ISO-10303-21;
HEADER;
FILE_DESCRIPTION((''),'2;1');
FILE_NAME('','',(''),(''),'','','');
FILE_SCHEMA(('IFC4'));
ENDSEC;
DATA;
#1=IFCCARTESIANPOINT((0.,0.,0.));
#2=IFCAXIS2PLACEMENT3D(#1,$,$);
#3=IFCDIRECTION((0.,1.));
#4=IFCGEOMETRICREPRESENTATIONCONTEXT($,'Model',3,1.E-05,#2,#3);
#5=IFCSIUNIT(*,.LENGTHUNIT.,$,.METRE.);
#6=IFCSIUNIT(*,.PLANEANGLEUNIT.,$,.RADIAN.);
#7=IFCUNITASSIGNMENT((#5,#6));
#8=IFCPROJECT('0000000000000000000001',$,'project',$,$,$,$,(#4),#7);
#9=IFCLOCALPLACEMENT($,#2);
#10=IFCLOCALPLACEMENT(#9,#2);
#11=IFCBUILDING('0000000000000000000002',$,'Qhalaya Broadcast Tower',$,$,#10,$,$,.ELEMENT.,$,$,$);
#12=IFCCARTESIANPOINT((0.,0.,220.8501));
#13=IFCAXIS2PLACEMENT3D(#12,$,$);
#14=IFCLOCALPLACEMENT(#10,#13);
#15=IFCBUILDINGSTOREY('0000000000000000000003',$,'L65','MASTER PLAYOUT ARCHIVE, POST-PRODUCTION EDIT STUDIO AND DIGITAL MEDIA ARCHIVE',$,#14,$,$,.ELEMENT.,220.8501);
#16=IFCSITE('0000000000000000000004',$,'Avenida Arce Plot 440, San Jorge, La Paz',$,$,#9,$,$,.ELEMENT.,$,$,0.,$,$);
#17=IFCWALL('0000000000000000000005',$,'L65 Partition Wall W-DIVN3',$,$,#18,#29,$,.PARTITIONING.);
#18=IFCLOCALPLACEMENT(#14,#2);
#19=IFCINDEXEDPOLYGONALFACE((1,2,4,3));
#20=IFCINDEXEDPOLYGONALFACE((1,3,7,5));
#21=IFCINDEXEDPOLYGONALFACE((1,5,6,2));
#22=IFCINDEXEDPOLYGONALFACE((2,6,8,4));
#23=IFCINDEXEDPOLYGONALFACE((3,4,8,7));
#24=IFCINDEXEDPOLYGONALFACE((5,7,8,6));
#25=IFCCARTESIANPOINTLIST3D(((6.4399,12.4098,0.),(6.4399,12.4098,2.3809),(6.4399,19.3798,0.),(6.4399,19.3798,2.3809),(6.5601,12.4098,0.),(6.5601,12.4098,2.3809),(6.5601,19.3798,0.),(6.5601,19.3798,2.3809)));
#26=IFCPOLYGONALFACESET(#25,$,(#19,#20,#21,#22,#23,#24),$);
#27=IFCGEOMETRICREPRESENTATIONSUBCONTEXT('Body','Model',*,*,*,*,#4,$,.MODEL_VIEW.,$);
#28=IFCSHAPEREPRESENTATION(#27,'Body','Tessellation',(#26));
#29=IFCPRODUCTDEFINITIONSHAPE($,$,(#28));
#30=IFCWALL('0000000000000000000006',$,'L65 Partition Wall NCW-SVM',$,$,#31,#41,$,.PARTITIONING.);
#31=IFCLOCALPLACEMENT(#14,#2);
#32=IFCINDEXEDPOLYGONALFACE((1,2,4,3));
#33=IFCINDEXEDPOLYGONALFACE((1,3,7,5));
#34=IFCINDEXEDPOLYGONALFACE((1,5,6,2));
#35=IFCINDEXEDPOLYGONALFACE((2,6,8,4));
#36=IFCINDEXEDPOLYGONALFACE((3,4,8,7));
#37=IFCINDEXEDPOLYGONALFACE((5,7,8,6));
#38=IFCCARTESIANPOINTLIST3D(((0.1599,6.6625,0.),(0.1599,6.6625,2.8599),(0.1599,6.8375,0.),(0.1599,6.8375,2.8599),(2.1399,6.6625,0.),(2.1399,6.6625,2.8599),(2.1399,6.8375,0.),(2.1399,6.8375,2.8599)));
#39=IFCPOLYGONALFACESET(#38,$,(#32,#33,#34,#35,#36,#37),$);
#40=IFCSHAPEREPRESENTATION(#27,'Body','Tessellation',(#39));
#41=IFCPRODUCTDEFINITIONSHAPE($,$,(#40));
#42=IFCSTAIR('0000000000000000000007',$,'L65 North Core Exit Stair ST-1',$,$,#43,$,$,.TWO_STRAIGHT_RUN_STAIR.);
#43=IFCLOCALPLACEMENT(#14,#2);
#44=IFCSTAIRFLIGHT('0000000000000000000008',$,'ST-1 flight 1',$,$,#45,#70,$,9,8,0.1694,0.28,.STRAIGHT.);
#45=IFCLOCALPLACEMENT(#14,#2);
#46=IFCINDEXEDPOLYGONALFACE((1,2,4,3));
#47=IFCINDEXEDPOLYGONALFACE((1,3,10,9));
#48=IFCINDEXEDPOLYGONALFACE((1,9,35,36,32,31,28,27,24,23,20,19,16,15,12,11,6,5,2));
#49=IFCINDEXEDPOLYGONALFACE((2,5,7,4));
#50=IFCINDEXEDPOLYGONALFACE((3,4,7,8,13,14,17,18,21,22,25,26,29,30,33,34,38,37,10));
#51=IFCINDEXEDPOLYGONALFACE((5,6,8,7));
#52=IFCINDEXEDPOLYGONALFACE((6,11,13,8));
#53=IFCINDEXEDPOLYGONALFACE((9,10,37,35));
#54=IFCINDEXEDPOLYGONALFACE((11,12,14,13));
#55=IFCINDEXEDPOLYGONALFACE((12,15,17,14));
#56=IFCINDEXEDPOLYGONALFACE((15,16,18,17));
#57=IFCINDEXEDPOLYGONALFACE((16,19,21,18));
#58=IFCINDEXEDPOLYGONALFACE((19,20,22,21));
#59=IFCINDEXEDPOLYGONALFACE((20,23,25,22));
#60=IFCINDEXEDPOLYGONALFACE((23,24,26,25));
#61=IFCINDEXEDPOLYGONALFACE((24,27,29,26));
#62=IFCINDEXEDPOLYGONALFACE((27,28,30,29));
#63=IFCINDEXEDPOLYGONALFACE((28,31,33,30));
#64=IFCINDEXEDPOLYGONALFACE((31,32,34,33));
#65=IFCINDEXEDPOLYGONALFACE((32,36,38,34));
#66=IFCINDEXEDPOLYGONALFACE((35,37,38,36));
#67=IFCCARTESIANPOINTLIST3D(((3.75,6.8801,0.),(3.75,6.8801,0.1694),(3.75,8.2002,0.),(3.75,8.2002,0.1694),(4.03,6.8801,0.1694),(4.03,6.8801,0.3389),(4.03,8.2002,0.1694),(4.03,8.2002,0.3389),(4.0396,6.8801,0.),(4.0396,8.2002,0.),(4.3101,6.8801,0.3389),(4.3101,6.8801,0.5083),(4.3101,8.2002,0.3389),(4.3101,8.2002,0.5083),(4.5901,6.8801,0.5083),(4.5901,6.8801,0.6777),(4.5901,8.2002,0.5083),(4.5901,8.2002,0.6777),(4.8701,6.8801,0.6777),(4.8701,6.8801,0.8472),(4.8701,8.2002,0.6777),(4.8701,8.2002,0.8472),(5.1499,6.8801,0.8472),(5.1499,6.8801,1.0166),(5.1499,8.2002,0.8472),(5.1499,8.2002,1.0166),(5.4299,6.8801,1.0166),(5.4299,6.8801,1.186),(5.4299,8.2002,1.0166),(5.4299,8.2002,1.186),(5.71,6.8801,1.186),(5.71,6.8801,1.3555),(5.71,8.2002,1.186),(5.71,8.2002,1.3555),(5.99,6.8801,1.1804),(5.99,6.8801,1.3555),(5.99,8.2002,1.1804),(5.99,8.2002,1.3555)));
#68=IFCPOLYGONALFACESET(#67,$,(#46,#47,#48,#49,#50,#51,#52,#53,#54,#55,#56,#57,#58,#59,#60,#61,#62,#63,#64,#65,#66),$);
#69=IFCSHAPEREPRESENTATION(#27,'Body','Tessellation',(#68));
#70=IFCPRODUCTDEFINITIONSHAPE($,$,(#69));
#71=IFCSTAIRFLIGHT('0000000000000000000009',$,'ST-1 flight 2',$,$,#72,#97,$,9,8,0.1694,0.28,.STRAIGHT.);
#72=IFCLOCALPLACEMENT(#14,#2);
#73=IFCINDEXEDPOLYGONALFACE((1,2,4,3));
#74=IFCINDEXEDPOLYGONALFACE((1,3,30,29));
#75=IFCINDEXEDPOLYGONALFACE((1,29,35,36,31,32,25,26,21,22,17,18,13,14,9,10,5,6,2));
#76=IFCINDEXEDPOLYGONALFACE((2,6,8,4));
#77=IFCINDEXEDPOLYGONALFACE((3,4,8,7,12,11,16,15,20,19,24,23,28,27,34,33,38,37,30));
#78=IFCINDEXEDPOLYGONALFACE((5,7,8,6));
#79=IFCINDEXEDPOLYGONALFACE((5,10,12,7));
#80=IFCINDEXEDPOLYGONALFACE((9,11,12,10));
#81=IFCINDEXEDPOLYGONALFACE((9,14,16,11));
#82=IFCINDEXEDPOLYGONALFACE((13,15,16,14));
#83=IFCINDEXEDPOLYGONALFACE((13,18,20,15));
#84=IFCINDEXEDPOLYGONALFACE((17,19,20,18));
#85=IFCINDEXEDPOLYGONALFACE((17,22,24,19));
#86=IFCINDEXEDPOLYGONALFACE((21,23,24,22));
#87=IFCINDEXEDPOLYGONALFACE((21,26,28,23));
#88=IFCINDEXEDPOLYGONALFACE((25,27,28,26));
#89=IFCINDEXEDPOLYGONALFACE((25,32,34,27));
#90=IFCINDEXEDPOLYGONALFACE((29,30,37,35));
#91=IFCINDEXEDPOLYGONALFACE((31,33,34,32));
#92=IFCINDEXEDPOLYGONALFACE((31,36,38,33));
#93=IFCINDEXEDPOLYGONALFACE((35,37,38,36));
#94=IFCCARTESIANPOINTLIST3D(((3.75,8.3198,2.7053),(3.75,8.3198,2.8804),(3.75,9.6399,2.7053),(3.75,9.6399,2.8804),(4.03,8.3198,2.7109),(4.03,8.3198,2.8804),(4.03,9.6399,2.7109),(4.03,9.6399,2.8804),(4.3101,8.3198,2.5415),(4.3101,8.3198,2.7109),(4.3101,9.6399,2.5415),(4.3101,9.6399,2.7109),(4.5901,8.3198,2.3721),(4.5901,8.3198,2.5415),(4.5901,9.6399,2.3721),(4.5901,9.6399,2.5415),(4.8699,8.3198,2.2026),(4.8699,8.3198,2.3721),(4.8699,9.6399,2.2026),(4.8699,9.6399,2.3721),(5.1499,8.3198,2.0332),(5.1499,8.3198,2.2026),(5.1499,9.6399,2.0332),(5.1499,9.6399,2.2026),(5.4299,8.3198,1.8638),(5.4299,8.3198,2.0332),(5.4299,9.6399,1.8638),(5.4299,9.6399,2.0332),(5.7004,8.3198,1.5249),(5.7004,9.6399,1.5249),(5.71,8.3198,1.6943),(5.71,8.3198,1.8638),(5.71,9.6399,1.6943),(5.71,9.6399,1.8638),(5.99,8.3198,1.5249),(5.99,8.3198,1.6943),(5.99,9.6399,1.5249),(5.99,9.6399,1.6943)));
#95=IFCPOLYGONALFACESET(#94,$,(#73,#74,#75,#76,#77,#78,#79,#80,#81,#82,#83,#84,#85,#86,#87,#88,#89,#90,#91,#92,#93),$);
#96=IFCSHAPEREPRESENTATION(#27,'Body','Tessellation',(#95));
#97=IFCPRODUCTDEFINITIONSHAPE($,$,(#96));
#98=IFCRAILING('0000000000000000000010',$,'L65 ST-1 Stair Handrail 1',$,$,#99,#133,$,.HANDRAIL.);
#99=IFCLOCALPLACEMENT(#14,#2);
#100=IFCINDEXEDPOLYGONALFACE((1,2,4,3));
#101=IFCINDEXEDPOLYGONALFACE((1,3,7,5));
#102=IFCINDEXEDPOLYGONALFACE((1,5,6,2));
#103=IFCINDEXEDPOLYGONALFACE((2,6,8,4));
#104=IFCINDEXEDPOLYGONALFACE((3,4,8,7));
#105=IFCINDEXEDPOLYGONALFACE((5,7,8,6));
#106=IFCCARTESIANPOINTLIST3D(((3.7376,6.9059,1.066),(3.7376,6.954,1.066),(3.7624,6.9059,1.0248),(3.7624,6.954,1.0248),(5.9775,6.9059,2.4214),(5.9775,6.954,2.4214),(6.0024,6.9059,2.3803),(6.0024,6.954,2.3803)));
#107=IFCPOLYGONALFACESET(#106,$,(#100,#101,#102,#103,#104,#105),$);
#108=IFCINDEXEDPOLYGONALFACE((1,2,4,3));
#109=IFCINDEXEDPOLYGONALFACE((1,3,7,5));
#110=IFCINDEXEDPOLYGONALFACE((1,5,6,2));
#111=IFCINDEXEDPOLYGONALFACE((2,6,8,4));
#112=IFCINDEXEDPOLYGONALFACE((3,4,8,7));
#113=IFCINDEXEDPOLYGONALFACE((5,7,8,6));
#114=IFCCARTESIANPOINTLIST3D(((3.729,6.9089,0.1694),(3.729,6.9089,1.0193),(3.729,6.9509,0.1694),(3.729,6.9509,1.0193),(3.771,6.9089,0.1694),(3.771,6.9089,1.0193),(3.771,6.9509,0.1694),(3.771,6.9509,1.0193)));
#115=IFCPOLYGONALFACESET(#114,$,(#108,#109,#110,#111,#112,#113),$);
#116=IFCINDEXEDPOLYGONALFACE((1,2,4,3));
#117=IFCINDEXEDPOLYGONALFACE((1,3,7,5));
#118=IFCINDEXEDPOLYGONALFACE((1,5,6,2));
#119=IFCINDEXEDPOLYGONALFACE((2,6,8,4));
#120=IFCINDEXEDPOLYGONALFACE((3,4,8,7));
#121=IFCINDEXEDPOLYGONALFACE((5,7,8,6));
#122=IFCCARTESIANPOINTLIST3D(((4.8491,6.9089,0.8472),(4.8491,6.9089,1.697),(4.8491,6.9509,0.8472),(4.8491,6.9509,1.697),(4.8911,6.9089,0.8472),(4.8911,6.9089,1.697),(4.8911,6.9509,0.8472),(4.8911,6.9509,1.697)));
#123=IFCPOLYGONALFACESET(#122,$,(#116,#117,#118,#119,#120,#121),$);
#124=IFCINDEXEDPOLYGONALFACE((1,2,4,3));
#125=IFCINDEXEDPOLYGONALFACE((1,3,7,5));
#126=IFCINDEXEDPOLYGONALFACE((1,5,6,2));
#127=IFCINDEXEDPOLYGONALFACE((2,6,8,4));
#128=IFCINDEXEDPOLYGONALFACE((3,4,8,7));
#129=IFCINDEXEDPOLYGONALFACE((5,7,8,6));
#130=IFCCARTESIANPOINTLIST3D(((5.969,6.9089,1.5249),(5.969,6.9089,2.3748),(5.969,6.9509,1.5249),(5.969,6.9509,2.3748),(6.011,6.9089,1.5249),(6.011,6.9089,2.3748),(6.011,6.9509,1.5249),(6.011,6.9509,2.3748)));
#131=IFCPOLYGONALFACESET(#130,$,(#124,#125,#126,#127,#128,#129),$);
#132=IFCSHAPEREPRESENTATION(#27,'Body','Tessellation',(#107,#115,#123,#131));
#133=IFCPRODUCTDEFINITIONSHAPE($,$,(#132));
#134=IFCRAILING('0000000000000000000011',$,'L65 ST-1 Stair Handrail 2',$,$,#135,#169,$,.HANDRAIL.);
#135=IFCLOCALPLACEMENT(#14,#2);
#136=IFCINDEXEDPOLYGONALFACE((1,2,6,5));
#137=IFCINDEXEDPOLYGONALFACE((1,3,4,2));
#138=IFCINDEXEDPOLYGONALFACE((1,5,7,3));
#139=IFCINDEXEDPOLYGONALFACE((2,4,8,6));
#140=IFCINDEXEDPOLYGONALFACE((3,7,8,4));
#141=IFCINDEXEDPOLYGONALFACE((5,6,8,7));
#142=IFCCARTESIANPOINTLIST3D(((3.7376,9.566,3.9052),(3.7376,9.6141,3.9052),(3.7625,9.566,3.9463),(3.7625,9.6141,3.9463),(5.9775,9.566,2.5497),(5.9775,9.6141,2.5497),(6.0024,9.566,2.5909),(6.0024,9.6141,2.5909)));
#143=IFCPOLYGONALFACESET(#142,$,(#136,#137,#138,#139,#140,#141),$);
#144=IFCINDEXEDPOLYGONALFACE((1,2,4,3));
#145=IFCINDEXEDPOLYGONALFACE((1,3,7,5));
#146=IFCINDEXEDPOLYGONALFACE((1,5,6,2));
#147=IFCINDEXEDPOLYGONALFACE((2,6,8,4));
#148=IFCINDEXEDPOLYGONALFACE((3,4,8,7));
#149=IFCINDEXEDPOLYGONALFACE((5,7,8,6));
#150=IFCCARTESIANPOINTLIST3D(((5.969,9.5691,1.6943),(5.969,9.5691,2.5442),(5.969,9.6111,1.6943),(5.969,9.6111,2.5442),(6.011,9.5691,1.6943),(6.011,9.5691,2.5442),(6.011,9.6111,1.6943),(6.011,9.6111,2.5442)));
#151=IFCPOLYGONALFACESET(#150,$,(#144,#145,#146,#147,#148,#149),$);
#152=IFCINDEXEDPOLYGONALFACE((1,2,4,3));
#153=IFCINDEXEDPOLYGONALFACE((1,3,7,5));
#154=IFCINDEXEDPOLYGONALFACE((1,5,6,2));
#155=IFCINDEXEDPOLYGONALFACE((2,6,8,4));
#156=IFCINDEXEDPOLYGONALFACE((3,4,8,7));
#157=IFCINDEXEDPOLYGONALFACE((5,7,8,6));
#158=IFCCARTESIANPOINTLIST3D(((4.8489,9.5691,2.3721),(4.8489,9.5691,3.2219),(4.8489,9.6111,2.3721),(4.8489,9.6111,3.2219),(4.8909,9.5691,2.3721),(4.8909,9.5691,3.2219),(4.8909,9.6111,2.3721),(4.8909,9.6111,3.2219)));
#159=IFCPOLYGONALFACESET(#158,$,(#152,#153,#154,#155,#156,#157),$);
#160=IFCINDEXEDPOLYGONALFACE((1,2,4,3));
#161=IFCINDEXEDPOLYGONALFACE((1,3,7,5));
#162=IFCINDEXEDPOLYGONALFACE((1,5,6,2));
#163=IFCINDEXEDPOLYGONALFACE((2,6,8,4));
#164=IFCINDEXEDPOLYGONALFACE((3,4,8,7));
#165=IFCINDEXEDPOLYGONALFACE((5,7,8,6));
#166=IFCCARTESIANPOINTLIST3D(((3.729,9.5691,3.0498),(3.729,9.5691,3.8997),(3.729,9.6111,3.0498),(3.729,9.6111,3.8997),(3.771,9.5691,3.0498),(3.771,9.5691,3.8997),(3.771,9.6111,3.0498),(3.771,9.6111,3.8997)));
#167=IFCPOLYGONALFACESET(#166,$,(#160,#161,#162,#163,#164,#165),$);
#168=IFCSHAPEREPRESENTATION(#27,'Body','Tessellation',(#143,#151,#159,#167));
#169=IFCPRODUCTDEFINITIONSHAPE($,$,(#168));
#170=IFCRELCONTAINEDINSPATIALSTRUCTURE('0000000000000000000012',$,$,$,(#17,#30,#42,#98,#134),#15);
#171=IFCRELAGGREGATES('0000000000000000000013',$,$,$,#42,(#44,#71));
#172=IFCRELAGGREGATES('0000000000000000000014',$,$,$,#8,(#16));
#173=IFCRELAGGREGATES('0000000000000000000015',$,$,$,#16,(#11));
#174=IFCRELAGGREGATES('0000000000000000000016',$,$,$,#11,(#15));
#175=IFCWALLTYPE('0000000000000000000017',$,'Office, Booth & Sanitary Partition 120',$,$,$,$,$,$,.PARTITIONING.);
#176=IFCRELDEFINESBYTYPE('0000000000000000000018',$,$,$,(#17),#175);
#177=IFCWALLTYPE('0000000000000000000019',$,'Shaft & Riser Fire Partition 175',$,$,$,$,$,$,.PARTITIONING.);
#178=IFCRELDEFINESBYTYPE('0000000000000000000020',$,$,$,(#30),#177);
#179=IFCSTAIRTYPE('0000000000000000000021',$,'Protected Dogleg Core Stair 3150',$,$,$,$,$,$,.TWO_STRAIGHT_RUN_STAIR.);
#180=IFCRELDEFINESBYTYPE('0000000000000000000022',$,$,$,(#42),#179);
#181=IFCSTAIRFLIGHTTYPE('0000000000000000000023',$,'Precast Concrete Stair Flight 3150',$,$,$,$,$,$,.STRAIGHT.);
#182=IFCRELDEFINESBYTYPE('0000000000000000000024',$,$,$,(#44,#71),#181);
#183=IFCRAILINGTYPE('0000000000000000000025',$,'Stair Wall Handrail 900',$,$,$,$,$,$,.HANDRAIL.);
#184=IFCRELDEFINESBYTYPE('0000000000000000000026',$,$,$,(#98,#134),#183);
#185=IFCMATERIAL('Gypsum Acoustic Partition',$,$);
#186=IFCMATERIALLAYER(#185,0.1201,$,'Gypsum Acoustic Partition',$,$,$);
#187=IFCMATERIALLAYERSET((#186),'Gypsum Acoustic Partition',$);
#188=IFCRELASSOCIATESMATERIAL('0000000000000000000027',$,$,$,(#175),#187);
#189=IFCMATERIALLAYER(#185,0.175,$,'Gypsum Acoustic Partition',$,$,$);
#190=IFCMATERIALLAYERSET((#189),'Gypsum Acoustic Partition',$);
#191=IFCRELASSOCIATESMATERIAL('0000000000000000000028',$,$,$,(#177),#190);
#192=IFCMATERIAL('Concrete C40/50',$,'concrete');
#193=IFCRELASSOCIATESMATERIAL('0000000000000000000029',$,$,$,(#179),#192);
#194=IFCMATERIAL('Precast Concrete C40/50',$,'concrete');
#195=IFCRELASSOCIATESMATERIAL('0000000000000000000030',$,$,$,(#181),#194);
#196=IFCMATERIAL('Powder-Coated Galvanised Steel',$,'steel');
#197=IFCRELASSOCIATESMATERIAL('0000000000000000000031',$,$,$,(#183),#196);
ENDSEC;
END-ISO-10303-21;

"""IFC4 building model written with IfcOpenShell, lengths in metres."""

from ifc_helpers import new_model, si_unit, direction, frame, frame_2d, origin, origin_2d, place, context, subcontext, project, spatial, polyline, rectangle, outline, extrude, material, layer, layer_set, type_object, element, aggregate, save


model = new_model("IFC4")

# Units and contexts
model_context = context("Model", 3, precision=1e-05, world=origin(), true_north=direction((0.0, 1.0)))
body_context = subcontext(model_context, "Body", "Model", "MODEL_VIEW")
ifc_project = project(units=[si_unit("LENGTHUNIT", "METRE"), si_unit("PLANEANGLEUNIT", "RADIAN")], contexts=[model_context])

# Site, building, storey
site_placement = place(None, origin())
site = spatial("IfcSite", under=ifc_project, at=site_placement, Name="Avenida Arce Plot 440, San Jorge, La Paz", CompositionType="ELEMENT", RefElevation=0.0)
building_placement = place(site_placement, origin())
building = spatial("IfcBuilding", under=site, at=building_placement, Name="Qhalaya Broadcast Tower", CompositionType="ELEMENT")
storey_placement = place(building_placement, frame((0.0, 0.0, 220.8501)))
storey = spatial("IfcBuildingStorey", under=building, at=storey_placement, Name="L65", Description="MASTER PLAYOUT ARCHIVE, POST-PRODUCTION EDIT STUDIO AND DIGITAL MEDIA ARCHIVE", CompositionType="ELEMENT", Elevation=220.8501)

# Shared definitions
ifc_material_1 = material(Name="Gypsum Acoustic Partition")

# Shared definitions
ifc_material_2 = material(Name="Precast Concrete C40/50", Category="concrete")

# Wall
ifc_layer_1 = layer(ifc_material_1, 0.1201, Name="Gypsum Acoustic Partition")
ifc_layer_set_1 = layer_set([ifc_layer_1], Name="Gypsum Acoustic Partition")
wall_type_1 = type_object("IfcWallType", Name="Office, Booth & Sanitary Partition 120", PredefinedType="PARTITIONING", material=ifc_layer_set_1)
for number, where, z_axis, x_axis, name in (
    (1, (6.5, 12.4099, 0.0), (0.0, 0.0, 1.0), (0.0, 1.0, 0.0), "L65 Partition Wall W-DIVN3"),
):
    element("IfcWall", number, at=place(storey_placement, frame(where, z_axis=z_axis, x_axis=x_axis)), inside=storey, type_object=wall_type_1, Name=name, PredefinedType="PARTITIONING", context=body_context, shape_type="SweptSolid", body=[
        extrude(rectangle(XDim=6.97, YDim=0.1201, at=frame_2d((3.4849, 0.0))), origin(), (0.0, 0.0, 1.0), 2.3809),
    ])

# Shared definitions
ifc_layer_2 = layer(ifc_material_1, 0.175, Name="Gypsum Acoustic Partition")
ifc_layer_set_2 = layer_set([ifc_layer_2], Name="Gypsum Acoustic Partition")
wall_type_2 = type_object("IfcWallType", Name="Shaft & Riser Fire Partition 175", PredefinedType="PARTITIONING", material=ifc_layer_set_2)

# Wall
wall_1_placement = place(storey_placement, frame((0.1599, 6.75, 0.0), z_axis=(0.0, 0.0, 1.0), x_axis=(1.0, 0.0, 0.0)))
element("IfcWall", 2, at=wall_1_placement, inside=storey, type_object=wall_type_2, Name="L65 Partition Wall NCW-SVM", PredefinedType="PARTITIONING", context=body_context, shape_type="SweptSolid", body=[
    extrude(rectangle(XDim=1.98, YDim=0.175, at=frame_2d((0.99, 0.0))), origin(), (0.0, 0.0, 1.0), 2.8599),
])

# Stair, stair flights
ifc_material_3 = material(Name="Concrete C40/50", Category="concrete")
stair_type = type_object("IfcStairType", Name="Protected Dogleg Core Stair 3150", PredefinedType="TWO_STRAIGHT_RUN_STAIR", material=ifc_material_3)
stair_placement = place(storey_placement, origin())
stair = element("IfcStair", 3, at=stair_placement, inside=storey, type_object=stair_type, Name="L65 North Core Exit Stair ST-1", PredefinedType="TWO_STRAIGHT_RUN_STAIR")
stair_flight_type = type_object("IfcStairFlightType", Name="Precast Concrete Stair Flight 3150", PredefinedType="STRAIGHT", material=ifc_material_2)
stair_flight_1_placement = place(storey_placement, frame((3.75, 7.54, 0.0), z_axis=(0.0, 0.0, 1.0), x_axis=(1.0, 0.0, 0.0)))
stair_flight_1 = element("IfcStairFlight", 4, at=stair_flight_1_placement, type_object=stair_flight_type, Name="ST-1 flight 1", NumberOfRisers=9, NumberOfTreads=8, PredefinedType="STRAIGHT", RiserHeight=0.1694, TreadLength=0.28, context=body_context, shape_type="SweptSolid", body=[
    extrude(outline(polyline([(0.0, 0.0), (0.0, 0.1694), (0.28, 0.1694), (0.28, 0.3389), (0.5601, 0.3389), (0.5601, 0.5083), (0.8401, 0.5083), (0.8401, 0.6777), (1.1201, 0.6777), (1.1201, 0.8472), (1.3999, 0.8472), (1.3999, 1.0166), (1.6799, 1.0166), (1.6799, 1.186), (1.96, 1.186), (1.96, 1.3555), (2.24, 1.3555), (2.24, 1.5249), (2.24, 1.1804), (0.2896, 0.0), (0.0, 0.0)])), frame((0.0, 0.6602, 0.0), z_axis=(0.0, -1.0, 0.0), x_axis=(1.0, 0.0, 0.0)), (0.0, 0.0, 1.0), 1.3201),
])
stair_flight_2_placement = place(storey_placement, frame((5.99, 8.98, 1.5249), z_axis=(0.0, 0.0, 1.0), x_axis=(-1.0, 0.0, 0.0)))
stair_flight_2 = element("IfcStairFlight", 5, at=stair_flight_2_placement, type_object=stair_flight_type, Name="ST-1 flight 2", NumberOfRisers=9, NumberOfTreads=8, PredefinedType="STRAIGHT", RiserHeight=0.1694, TreadLength=0.28, context=body_context, shape_type="SweptSolid", body=[
    extrude(outline(polyline([(0.0, 0.0), (0.0, 0.1694), (0.28, 0.1694), (0.28, 0.3389), (0.5601, 0.3389), (0.5601, 0.5083), (0.8401, 0.5083), (0.8401, 0.6777), (1.1201, 0.6777), (1.1201, 0.8472), (1.3999, 0.8472), (1.3999, 1.0166), (1.6799, 1.0166), (1.6799, 1.186), (1.96, 1.186), (1.96, 1.3555), (2.24, 1.3555), (2.24, 1.5249), (2.24, 1.1804), (0.2896, 0.0), (0.0, 0.0)])), frame((0.0, 0.6602, 0.0), z_axis=(0.0, -1.0, 0.0), x_axis=(1.0, 0.0, 0.0)), (0.0, 0.0, 1.0), 1.3201),
])
aggregate(stair, [stair_flight_1, stair_flight_2])

# Railings
ifc_material_4 = material(Name="Powder-Coated Galvanised Steel", Category="steel")
railing_type_1 = type_object("IfcRailingType", Name="Stair Wall Handrail 900", PredefinedType="HANDRAIL", material=ifc_material_4)
railing_1_placement = place(storey_placement, frame((3.75, 6.9299, 0.1694)))
element("IfcRailing", 6, at=railing_1_placement, inside=storey, type_object=railing_type_1, Name="L65 ST-1 Stair Handrail 1", PredefinedType="HANDRAIL", context=body_context, shape_type="SweptSolid", body=[
    extrude(rectangle(XDim=0.0481, YDim=0.0481, at=origin_2d()), frame((0.0, 0.0, 0.876), z_axis=(0.855553, 0.0, 0.517715), x_axis=(0.0, 1.0, 0.0)), (0.0, 0.0, 1.0), 2.6182),
    extrude(rectangle(XDim=0.042, YDim=0.042, at=origin_2d()), origin(), (0.0, 0.0, 1.0), 0.8499),
    extrude(rectangle(XDim=0.042, YDim=0.042, at=origin_2d()), frame((1.1201, 0.0, 0.6777)), (0.0, 0.0, 1.0), 0.8499),
    extrude(rectangle(XDim=0.042, YDim=0.042, at=origin_2d()), frame((2.24, 0.0, 1.3555)), (0.0, 0.0, 1.0), 0.8499),
])
railing_2_placement = place(storey_placement, frame((5.99, 9.5901, 1.6943)))
element("IfcRailing", 7, at=railing_2_placement, inside=storey, type_object=railing_type_1, Name="L65 ST-1 Stair Handrail 2", PredefinedType="HANDRAIL", context=body_context, shape_type="SweptSolid", body=[
    extrude(rectangle(XDim=0.0481, YDim=0.0481, at=origin_2d()), frame((0.0, 0.0, 0.876), z_axis=(-0.855553, 0.0, 0.517715), x_axis=(0.0, -1.0, 0.0)), (0.0, 0.0, 1.0), 2.6182),
    extrude(rectangle(XDim=0.042, YDim=0.042, at=origin_2d()), origin(), (0.0, 0.0, 1.0), 0.8499),
    extrude(rectangle(XDim=0.042, YDim=0.042, at=origin_2d()), frame((-1.1201, 0.0, 0.6777)), (0.0, 0.0, 1.0), 0.8499),
    extrude(rectangle(XDim=0.042, YDim=0.042, at=origin_2d()), frame((-2.24, 0.0, 1.3555)), (0.0, 0.0, 1.0), 0.8499),
])

save(model, "model.ifc")
